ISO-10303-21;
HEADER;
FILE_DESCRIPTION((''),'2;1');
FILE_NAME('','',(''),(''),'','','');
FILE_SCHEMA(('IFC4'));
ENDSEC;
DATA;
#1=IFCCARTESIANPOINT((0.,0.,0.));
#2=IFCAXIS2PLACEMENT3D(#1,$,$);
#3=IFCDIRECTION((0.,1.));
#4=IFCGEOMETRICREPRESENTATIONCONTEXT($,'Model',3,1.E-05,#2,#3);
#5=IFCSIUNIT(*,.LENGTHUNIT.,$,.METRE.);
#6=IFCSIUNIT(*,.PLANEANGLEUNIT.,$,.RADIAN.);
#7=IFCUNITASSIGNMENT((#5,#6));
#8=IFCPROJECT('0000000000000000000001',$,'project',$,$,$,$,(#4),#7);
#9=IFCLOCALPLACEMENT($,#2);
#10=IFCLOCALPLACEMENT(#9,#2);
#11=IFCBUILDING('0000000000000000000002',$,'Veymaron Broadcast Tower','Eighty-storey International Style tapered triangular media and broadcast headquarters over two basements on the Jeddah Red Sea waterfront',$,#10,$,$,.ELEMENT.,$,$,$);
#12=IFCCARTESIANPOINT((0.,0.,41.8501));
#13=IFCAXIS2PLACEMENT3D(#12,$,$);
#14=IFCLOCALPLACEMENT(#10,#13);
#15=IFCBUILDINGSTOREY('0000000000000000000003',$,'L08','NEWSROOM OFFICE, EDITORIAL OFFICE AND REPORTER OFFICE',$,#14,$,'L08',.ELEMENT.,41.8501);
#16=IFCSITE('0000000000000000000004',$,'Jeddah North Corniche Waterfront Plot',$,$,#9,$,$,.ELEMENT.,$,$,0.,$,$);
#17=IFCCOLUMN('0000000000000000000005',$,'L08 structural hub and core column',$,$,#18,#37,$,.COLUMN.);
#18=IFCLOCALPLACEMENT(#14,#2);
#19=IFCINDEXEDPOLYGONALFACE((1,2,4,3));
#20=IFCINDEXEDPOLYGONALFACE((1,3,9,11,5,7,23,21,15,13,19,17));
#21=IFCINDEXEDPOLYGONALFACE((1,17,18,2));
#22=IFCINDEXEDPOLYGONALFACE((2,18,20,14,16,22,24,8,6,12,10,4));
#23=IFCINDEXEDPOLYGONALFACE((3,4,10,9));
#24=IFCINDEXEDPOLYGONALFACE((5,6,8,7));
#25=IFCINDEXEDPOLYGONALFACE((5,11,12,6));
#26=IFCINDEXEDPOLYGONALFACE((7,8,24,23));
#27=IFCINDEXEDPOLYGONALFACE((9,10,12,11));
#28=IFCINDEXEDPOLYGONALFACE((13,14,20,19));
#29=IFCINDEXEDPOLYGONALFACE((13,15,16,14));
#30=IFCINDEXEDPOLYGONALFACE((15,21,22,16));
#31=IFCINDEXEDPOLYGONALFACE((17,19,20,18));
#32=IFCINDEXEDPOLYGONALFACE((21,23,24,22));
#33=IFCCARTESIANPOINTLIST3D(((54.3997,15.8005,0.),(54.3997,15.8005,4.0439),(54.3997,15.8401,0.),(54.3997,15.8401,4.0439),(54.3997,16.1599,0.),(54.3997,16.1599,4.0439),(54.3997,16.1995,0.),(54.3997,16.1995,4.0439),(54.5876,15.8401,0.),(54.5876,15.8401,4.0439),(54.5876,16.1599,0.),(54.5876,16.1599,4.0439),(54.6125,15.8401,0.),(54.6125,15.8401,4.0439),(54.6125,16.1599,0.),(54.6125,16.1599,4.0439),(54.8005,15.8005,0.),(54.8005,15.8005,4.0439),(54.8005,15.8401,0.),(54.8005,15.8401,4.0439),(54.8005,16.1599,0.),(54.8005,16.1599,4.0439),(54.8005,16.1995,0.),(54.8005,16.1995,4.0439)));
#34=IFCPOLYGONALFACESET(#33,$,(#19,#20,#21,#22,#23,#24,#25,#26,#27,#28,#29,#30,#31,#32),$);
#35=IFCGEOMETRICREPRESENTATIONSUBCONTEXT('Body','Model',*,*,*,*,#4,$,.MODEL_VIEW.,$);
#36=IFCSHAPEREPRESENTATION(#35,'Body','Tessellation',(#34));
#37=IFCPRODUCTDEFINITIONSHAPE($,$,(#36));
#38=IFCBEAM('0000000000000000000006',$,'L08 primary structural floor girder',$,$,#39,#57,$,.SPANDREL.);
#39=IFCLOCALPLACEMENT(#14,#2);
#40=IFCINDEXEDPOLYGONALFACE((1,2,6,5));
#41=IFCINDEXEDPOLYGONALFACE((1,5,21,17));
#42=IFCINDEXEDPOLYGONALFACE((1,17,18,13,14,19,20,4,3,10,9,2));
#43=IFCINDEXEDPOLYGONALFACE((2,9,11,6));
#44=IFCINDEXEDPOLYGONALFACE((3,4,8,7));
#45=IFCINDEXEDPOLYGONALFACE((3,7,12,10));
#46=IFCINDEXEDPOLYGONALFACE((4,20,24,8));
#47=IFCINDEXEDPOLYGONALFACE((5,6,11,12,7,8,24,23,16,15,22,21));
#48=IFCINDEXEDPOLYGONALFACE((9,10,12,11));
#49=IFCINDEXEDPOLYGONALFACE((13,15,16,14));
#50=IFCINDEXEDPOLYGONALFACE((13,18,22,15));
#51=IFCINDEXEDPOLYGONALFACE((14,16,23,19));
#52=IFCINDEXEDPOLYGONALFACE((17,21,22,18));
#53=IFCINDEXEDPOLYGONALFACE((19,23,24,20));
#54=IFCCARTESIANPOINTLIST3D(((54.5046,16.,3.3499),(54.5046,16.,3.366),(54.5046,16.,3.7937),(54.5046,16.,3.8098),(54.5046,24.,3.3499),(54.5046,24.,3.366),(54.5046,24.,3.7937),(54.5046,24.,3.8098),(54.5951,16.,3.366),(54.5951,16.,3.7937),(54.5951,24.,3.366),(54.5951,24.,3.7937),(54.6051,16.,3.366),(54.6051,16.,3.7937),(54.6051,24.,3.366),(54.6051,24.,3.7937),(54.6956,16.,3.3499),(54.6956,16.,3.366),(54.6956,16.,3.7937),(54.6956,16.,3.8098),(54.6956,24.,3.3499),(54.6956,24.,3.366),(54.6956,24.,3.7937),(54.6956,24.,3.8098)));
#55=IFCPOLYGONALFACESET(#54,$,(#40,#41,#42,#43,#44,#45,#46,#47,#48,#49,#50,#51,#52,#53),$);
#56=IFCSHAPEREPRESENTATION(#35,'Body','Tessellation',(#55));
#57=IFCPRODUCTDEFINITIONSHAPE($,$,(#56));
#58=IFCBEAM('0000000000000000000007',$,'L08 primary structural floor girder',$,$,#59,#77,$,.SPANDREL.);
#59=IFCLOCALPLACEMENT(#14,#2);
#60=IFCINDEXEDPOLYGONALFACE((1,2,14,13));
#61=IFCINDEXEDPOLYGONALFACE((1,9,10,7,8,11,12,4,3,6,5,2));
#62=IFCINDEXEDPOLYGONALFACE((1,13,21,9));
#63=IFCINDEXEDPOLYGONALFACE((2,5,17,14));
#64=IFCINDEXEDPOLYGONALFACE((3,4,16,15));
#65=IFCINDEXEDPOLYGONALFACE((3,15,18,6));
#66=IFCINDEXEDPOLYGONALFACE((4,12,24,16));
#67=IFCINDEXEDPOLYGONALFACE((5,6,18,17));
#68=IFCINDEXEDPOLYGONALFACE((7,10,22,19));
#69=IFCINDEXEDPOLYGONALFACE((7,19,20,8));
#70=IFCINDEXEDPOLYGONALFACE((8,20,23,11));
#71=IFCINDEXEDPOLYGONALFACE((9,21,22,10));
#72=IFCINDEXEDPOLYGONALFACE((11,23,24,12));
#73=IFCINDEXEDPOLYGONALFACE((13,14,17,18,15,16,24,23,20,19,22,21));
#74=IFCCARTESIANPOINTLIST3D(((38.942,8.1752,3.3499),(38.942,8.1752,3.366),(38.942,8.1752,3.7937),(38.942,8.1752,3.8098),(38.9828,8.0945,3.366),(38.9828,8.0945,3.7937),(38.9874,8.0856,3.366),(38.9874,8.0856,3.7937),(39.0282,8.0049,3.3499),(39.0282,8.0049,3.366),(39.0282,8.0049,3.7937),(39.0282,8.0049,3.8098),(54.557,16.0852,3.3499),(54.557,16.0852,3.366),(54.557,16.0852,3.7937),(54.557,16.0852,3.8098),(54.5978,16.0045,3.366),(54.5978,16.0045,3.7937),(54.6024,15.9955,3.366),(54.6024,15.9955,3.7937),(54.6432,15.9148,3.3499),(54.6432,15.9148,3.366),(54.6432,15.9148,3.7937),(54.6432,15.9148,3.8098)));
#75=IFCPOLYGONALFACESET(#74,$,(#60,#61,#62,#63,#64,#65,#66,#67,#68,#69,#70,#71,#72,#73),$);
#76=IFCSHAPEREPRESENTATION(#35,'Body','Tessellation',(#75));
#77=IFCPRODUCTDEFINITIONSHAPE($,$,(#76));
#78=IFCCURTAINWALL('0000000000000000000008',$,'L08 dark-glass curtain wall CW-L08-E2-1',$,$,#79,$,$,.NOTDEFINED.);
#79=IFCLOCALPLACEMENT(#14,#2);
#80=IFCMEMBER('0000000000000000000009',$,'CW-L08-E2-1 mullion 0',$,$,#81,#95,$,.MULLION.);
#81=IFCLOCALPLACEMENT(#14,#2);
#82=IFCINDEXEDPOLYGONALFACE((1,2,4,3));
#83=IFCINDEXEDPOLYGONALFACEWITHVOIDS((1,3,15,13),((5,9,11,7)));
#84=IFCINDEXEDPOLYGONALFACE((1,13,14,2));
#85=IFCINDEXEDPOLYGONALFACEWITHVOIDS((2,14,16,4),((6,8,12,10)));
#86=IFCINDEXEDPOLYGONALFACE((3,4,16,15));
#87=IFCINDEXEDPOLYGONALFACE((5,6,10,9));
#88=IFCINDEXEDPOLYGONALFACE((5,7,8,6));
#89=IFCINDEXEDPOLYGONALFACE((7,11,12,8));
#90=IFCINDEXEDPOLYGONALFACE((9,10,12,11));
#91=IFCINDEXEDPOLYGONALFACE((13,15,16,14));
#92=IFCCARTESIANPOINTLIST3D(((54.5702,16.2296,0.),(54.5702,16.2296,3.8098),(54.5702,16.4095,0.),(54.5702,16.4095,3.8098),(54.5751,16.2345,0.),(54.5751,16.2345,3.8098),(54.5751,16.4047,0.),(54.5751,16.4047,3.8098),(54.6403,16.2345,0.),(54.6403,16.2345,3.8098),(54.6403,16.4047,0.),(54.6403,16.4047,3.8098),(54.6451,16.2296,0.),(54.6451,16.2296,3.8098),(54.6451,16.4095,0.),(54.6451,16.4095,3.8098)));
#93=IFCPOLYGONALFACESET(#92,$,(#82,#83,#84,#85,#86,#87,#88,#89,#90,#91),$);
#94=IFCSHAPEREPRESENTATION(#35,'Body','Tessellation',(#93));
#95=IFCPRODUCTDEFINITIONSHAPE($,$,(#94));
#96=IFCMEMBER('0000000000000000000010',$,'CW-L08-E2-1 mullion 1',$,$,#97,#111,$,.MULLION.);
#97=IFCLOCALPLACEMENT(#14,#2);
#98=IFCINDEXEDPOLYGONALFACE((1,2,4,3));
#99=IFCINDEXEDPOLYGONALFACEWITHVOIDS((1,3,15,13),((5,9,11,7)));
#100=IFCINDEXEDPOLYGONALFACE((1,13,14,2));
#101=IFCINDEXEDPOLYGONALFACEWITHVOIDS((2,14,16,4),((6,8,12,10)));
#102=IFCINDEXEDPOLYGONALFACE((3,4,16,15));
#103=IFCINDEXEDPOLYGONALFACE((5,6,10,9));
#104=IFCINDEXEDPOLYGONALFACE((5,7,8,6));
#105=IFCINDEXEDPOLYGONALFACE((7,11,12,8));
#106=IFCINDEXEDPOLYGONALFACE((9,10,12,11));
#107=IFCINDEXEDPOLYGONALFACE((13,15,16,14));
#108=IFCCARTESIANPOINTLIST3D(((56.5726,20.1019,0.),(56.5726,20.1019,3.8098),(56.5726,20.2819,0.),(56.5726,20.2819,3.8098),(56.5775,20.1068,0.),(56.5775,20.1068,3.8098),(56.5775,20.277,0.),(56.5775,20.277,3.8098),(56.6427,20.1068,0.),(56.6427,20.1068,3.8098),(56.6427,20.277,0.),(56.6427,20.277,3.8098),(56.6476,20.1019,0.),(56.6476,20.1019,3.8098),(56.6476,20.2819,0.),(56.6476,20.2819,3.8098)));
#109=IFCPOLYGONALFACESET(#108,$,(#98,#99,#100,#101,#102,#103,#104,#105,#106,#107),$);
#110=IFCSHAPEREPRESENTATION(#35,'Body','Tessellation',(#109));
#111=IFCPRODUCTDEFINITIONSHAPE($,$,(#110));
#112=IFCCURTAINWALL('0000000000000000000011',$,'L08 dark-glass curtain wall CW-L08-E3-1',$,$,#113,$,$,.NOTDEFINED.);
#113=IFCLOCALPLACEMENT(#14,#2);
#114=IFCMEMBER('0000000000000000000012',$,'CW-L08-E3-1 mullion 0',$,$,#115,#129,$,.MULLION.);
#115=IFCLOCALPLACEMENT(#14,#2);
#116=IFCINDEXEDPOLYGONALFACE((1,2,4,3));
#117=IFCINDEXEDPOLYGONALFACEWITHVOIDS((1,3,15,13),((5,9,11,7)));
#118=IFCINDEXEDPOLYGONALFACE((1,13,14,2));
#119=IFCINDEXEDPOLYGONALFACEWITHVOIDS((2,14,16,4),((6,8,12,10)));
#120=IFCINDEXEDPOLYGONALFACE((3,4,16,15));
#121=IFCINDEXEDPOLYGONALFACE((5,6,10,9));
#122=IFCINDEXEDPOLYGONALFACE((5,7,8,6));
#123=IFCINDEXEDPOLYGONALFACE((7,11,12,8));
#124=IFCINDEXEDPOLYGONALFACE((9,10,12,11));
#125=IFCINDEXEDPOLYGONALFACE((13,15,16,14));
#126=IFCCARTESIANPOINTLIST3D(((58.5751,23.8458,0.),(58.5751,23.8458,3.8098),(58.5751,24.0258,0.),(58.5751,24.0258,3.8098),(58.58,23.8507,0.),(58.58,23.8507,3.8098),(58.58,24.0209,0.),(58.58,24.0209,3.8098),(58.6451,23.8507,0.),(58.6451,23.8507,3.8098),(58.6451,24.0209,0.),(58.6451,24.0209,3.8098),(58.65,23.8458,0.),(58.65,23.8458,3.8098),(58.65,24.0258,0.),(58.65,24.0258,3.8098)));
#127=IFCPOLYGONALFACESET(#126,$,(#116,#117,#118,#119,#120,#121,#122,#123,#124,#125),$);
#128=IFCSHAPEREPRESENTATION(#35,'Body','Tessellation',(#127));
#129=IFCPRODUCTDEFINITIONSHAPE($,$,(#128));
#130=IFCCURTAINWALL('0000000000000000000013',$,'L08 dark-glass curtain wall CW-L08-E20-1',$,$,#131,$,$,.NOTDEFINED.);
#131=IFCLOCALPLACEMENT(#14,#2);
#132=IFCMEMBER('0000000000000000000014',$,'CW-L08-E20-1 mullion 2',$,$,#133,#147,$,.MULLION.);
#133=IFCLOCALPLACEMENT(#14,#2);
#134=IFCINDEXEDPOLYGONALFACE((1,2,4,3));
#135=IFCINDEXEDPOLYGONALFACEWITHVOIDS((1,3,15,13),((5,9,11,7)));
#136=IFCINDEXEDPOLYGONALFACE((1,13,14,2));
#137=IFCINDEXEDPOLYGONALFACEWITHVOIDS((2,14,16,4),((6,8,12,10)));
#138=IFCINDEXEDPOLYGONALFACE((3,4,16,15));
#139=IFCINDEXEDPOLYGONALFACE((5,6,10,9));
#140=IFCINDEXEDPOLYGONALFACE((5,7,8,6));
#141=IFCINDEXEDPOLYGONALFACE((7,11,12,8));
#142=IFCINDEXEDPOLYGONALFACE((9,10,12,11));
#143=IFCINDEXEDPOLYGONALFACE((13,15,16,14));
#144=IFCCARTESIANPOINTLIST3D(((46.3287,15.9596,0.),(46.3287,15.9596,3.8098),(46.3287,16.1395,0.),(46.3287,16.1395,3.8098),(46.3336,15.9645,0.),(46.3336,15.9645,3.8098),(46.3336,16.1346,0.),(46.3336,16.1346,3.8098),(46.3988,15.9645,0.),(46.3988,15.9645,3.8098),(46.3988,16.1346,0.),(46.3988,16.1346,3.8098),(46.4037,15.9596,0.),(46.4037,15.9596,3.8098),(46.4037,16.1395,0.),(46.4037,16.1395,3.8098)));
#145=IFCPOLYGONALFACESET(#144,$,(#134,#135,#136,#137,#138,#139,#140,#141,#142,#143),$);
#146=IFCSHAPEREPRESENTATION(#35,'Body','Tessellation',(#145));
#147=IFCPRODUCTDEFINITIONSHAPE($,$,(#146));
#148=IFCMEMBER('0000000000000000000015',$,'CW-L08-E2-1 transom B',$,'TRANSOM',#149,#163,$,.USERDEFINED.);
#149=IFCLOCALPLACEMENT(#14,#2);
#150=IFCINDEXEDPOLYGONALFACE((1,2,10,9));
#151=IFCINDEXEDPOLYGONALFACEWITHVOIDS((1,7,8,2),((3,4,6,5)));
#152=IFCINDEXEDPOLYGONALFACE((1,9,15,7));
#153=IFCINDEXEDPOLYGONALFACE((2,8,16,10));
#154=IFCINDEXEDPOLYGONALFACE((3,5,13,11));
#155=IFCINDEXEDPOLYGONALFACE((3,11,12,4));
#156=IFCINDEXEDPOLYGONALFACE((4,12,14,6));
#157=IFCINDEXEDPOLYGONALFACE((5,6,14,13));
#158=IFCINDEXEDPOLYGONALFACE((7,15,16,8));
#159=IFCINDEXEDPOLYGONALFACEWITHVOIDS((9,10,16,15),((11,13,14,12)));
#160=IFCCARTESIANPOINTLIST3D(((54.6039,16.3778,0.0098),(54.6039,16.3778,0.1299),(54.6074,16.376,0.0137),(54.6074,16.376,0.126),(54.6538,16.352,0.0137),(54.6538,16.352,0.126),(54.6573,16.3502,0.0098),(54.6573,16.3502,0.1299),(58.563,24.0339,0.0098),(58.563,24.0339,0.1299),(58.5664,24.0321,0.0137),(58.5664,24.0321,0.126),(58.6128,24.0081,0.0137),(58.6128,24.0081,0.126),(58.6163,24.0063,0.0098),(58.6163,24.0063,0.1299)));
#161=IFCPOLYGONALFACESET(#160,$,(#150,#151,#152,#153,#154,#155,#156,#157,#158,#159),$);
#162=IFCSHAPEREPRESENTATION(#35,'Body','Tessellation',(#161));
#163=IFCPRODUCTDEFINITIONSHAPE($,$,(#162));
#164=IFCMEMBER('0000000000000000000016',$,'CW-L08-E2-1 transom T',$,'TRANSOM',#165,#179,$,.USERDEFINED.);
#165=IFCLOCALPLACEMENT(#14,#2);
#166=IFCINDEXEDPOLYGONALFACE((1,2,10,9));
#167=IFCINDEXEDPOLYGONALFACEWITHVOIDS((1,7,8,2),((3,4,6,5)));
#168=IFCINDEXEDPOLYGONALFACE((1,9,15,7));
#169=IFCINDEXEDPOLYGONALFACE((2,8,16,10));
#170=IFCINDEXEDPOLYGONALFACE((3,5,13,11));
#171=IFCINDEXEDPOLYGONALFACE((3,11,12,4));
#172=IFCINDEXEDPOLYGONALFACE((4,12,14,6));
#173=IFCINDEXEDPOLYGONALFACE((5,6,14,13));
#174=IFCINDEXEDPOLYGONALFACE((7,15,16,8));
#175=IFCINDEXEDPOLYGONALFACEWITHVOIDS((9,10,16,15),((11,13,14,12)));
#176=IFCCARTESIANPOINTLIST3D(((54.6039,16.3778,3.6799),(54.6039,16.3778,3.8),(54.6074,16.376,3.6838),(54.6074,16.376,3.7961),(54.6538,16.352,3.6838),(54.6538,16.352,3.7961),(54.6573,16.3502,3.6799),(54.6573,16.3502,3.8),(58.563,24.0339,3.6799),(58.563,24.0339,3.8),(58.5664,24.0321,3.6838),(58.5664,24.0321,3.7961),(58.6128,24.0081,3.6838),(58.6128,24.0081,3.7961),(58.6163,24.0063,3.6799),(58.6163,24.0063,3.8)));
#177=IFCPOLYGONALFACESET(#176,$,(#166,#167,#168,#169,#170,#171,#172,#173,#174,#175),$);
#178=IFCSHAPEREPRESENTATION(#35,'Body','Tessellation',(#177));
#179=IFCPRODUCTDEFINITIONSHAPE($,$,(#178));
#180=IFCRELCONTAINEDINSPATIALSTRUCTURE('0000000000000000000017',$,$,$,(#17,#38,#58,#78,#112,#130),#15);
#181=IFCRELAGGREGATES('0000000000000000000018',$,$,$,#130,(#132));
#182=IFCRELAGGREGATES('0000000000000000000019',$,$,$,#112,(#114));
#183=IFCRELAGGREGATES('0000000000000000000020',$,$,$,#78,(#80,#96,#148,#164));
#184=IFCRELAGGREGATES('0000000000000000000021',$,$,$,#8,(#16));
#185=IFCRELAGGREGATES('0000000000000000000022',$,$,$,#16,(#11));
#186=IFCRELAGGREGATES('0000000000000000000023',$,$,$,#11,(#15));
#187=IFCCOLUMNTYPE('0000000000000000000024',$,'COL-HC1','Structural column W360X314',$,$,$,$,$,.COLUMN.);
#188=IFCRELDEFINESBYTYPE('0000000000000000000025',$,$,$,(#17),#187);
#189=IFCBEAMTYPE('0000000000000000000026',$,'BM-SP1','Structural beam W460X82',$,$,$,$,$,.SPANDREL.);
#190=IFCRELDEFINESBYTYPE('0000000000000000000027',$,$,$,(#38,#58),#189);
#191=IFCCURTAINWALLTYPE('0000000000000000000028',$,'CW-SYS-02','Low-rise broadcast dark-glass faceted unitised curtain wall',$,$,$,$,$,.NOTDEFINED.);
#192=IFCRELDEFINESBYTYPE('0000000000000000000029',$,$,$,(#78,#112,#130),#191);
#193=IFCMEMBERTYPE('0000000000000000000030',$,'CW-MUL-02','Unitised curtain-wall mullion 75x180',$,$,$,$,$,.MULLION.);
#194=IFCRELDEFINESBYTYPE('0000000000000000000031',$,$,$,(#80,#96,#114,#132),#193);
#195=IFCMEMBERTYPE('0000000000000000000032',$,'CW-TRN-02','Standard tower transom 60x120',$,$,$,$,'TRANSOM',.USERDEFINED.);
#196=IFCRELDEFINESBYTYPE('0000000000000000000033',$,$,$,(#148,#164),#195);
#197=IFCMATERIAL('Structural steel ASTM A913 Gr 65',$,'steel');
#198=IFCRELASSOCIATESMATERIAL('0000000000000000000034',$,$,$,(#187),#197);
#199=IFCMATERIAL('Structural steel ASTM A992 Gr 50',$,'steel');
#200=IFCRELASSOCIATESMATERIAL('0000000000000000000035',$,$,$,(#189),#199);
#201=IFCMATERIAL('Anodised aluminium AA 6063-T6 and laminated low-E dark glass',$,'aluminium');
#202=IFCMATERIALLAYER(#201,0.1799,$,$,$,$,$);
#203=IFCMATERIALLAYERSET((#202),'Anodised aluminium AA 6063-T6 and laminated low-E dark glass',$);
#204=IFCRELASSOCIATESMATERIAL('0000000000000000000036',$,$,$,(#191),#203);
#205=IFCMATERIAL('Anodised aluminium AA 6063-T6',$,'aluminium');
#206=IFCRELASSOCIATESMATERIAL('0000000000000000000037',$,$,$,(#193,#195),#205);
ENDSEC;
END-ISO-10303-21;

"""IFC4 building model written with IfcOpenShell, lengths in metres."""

from ifc_helpers import new_model, si_unit, direction, frame, origin, origin_2d, place, context, subcontext, project, spatial, hollow_rectangle, i_section, extrude, material, layer, layer_set, material_profile, profile_set, type_object, element, aggregate, save


model = new_model("IFC4")

# Units and contexts
model_context = context("Model", 3, precision=1e-05, world=origin(), true_north=direction((0.0, 1.0)))
body_context = subcontext(model_context, "Body", "Model", "MODEL_VIEW")
ifc_project = project(units=[si_unit("LENGTHUNIT", "METRE"), si_unit("PLANEANGLEUNIT", "RADIAN")], contexts=[model_context])

# Site, building, storey
site_placement = place(None, origin())
site = spatial("IfcSite", under=ifc_project, at=site_placement, Name="Jeddah North Corniche Waterfront Plot", CompositionType="ELEMENT", RefElevation=0.0)
building_placement = place(site_placement, origin())
building = spatial("IfcBuilding", under=site, at=building_placement, Name="Veymaron Broadcast Tower", Description="Eighty-storey International Style tapered triangular media and broadcast headquarters over two basements on the Jeddah Red Sea waterfront", CompositionType="ELEMENT")
storey_placement = place(building_placement, frame((0.0, 0.0, 41.8501)))
storey = spatial("IfcBuildingStorey", under=building, at=storey_placement, Name="L08", Description="NEWSROOM OFFICE, EDITORIAL OFFICE AND REPORTER OFFICE", LongName="L08", CompositionType="ELEMENT", Elevation=41.8501)

# Column
ifc_material_1 = material(Name="Structural steel ASTM A913 Gr 65", Category="steel")
ifc_material_profile_1 = material_profile(ifc_material_1, i_section(OverallWidth=0.4009, OverallDepth=0.3989, WebThickness=0.0249, FlangeThickness=0.0396, at=origin_2d()), Name="W360X314")
ifc_profile_set_1 = profile_set([ifc_material_profile_1], Name="Structural steel ASTM A913 Gr 65")
column_type = type_object("IfcColumnType", Name="COL-HC1", Description="Structural column W360X314", PredefinedType="COLUMN", material=ifc_profile_set_1)
column_placement = place(storey_placement, frame((54.6001, 16.0, 0.0), z_axis=(0.0, 0.0, 1.0), x_axis=(1.0, 0.0, 0.0)))
element("IfcColumn", 1, at=column_placement, inside=storey, type_object=column_type, Name="L08 structural hub and core column", PredefinedType="COLUMN", context=body_context, shape_type="SweptSolid", body=[
    extrude(i_section(OverallWidth=0.4009, OverallDepth=0.3989, WebThickness=0.0249, FlangeThickness=0.0396, at=origin_2d()), origin(), (0.0, 0.0, 1.0), 4.0439),
])

# Beams
ifc_material_2 = material(Name="Structural steel ASTM A992 Gr 50", Category="steel")
ifc_material_profile_2 = material_profile(ifc_material_2, i_section(OverallWidth=0.1909, OverallDepth=0.46, WebThickness=0.01, FlangeThickness=0.0161, at=origin_2d()), Name="W460X82")
ifc_profile_set_2 = profile_set([ifc_material_profile_2], Name="Structural steel ASTM A992 Gr 50")
beam_type = type_object("IfcBeamType", Name="BM-SP1", Description="Structural beam W460X82", PredefinedType="SPANDREL", material=ifc_profile_set_2)
beam_1_placement = place(storey_placement, frame((54.6001, 16.0, 3.5798), z_axis=(0.0, 1.0, 0.0), x_axis=(-1.0, 0.0, 0.0)))
element("IfcBeam", 2, at=beam_1_placement, inside=storey, type_object=beam_type, Name="L08 primary structural floor girder", PredefinedType="SPANDREL", context=body_context, shape_type="SweptSolid", body=[
    extrude(i_section(OverallWidth=0.1909, OverallDepth=0.46, WebThickness=0.01, FlangeThickness=0.0161, at=origin_2d()), origin(), (0.0, 0.0, 1.0), 8.0),
])
beam_2_placement = place(storey_placement, frame((54.6001, 16.0, 3.5798), z_axis=(-0.892075, -0.451888, 0.0), x_axis=(0.451888, -0.892075, 0.0)))
element("IfcBeam", 3, at=beam_2_placement, inside=storey, type_object=beam_type, Name="L08 primary structural floor girder", PredefinedType="SPANDREL", context=body_context, shape_type="SweptSolid", body=[
    extrude(i_section(OverallWidth=0.1909, OverallDepth=0.46, WebThickness=0.01, FlangeThickness=0.0161, at=origin_2d()), origin(), (0.0, 0.0, 1.0), 17.5042),
])

# Curtain wall, members
ifc_material_3 = material(Name="Anodised aluminium AA 6063-T6 and laminated low-E dark glass", Category="aluminium")
ifc_layer_1 = layer(ifc_material_3, 0.1799)
ifc_layer_set_1 = layer_set([ifc_layer_1], Name="Anodised aluminium AA 6063-T6 and laminated low-E dark glass")
curtain_wall_type = type_object("IfcCurtainWallType", Name="CW-SYS-02", Description="Low-rise broadcast dark-glass faceted unitised curtain wall", PredefinedType="NOTDEFINED", material=ifc_layer_set_1)
curtain_wall_1_placement = place(storey_placement, origin())
curtain_wall_1 = element("IfcCurtainWall", 4, at=curtain_wall_1_placement, inside=storey, type_object=curtain_wall_type, Name="L08 dark-glass curtain wall CW-L08-E2-1", PredefinedType="NOTDEFINED")
ifc_material_4 = material(Name="Anodised aluminium AA 6063-T6", Category="aluminium")
ifc_material_profile_3 = material_profile(ifc_material_4, hollow_rectangle(XDim=0.075, YDim=0.1799, WallThickness=0.0049, at=origin_2d()), Name="AL180X75X5")
ifc_profile_set_3 = profile_set([ifc_material_profile_3], Name="Anodised aluminium AA 6063-T6")
member_type_1 = type_object("IfcMemberType", Name="CW-MUL-02", Description="Unitised curtain-wall mullion 75x180", PredefinedType="MULLION", material=ifc_profile_set_3)
member_1_placement = place(storey_placement, frame((54.6077, 16.3196, 0.0), z_axis=(0.0, 0.0, 1.0), x_axis=(1.0, 0.0, 0.0)))
member_1 = element("IfcMember", 5, at=member_1_placement, type_object=member_type_1, Name="CW-L08-E2-1 mullion 0", PredefinedType="MULLION", context=body_context, shape_type="SweptSolid", body=[
    extrude(hollow_rectangle(XDim=0.075, YDim=0.1799, WallThickness=0.0049, at=origin_2d()), origin(), (0.0, 0.0, 1.0), 3.8098),
])
member_2_placement = place(storey_placement, frame((56.6101, 20.1919, 0.0), z_axis=(0.0, 0.0, 1.0), x_axis=(1.0, 0.0, 0.0)))
member_2 = element("IfcMember", 6, at=member_2_placement, type_object=member_type_1, Name="CW-L08-E2-1 mullion 1", PredefinedType="MULLION", context=body_context, shape_type="SweptSolid", body=[
    extrude(hollow_rectangle(XDim=0.075, YDim=0.1799, WallThickness=0.0049, at=origin_2d()), origin(), (0.0, 0.0, 1.0), 3.8098),
])

# Curtain walls, members
curtain_wall_2_placement = place(storey_placement, origin())
curtain_wall_2 = element("IfcCurtainWall", 7, at=curtain_wall_2_placement, inside=storey, type_object=curtain_wall_type, Name="L08 dark-glass curtain wall CW-L08-E3-1", PredefinedType="NOTDEFINED")
member_3_placement = place(storey_placement, frame((58.6125, 23.9358, 0.0), z_axis=(0.0, 0.0, 1.0), x_axis=(1.0, 0.0, 0.0)))
member_3 = element("IfcMember", 8, at=member_3_placement, type_object=member_type_1, Name="CW-L08-E3-1 mullion 0", PredefinedType="MULLION", context=body_context, shape_type="SweptSolid", body=[
    extrude(hollow_rectangle(XDim=0.075, YDim=0.1799, WallThickness=0.0049, at=origin_2d()), origin(), (0.0, 0.0, 1.0), 3.8098),
])
curtain_wall_3_placement = place(storey_placement, origin())
curtain_wall_3 = element("IfcCurtainWall", 9, at=curtain_wall_3_placement, inside=storey, type_object=curtain_wall_type, Name="L08 dark-glass curtain wall CW-L08-E20-1", PredefinedType="NOTDEFINED")
member_4_placement = place(storey_placement, frame((46.3662, 16.0496, 0.0), z_axis=(0.0, 0.0, 1.0), x_axis=(1.0, 0.0, 0.0)))
member_4 = element("IfcMember", 10, at=member_4_placement, type_object=member_type_1, Name="CW-L08-E20-1 mullion 2", PredefinedType="MULLION", context=body_context, shape_type="SweptSolid", body=[
    extrude(hollow_rectangle(XDim=0.075, YDim=0.1799, WallThickness=0.0049, at=origin_2d()), origin(), (0.0, 0.0, 1.0), 3.8098),
])
aggregate(curtain_wall_3, [member_4])

# Members
ifc_material_profile_4 = material_profile(ifc_material_4, hollow_rectangle(XDim=0.0601, YDim=0.1201, WallThickness=0.0039, at=origin_2d()), Name="AL120X60X4")
ifc_profile_set_4 = profile_set([ifc_material_profile_4], Name="Anodised aluminium AA 6063-T6")
member_type_2 = type_object("IfcMemberType", Name="CW-TRN-02", Description="Standard tower transom 60x120", ElementType="TRANSOM", PredefinedType="USERDEFINED", material=ifc_profile_set_4)
member_5_placement = place(storey_placement, frame((54.6306, 16.364, 0.0698), z_axis=(0.45933, 0.888266, 0.0), x_axis=(-0.888266, 0.45933, 0.0)))
member_5 = element("IfcMember", 11, at=member_5_placement, type_object=member_type_2, Name="CW-L08-E2-1 transom B", ObjectType="TRANSOM", PredefinedType="USERDEFINED", context=body_context, shape_type="SweptSolid", body=[
    extrude(hollow_rectangle(XDim=0.0601, YDim=0.1201, WallThickness=0.0039, at=origin_2d()), origin(), (0.0, 0.0, 1.0), 8.6191),
])
member_6_placement = place(storey_placement, frame((54.6306, 16.364, 3.74), z_axis=(0.45933, 0.888266, 0.0), x_axis=(-0.888266, 0.45933, 0.0)))
member_6 = element("IfcMember", 12, at=member_6_placement, type_object=member_type_2, Name="CW-L08-E2-1 transom T", ObjectType="TRANSOM", PredefinedType="USERDEFINED", context=body_context, shape_type="SweptSolid", body=[
    extrude(hollow_rectangle(XDim=0.0601, YDim=0.1201, WallThickness=0.0039, at=origin_2d()), origin(), (0.0, 0.0, 1.0), 8.6191),
])
aggregate(curtain_wall_2, [member_3])

aggregate(curtain_wall_1, [member_1, member_2, member_5, member_6])

save(model, "model.ifc")
